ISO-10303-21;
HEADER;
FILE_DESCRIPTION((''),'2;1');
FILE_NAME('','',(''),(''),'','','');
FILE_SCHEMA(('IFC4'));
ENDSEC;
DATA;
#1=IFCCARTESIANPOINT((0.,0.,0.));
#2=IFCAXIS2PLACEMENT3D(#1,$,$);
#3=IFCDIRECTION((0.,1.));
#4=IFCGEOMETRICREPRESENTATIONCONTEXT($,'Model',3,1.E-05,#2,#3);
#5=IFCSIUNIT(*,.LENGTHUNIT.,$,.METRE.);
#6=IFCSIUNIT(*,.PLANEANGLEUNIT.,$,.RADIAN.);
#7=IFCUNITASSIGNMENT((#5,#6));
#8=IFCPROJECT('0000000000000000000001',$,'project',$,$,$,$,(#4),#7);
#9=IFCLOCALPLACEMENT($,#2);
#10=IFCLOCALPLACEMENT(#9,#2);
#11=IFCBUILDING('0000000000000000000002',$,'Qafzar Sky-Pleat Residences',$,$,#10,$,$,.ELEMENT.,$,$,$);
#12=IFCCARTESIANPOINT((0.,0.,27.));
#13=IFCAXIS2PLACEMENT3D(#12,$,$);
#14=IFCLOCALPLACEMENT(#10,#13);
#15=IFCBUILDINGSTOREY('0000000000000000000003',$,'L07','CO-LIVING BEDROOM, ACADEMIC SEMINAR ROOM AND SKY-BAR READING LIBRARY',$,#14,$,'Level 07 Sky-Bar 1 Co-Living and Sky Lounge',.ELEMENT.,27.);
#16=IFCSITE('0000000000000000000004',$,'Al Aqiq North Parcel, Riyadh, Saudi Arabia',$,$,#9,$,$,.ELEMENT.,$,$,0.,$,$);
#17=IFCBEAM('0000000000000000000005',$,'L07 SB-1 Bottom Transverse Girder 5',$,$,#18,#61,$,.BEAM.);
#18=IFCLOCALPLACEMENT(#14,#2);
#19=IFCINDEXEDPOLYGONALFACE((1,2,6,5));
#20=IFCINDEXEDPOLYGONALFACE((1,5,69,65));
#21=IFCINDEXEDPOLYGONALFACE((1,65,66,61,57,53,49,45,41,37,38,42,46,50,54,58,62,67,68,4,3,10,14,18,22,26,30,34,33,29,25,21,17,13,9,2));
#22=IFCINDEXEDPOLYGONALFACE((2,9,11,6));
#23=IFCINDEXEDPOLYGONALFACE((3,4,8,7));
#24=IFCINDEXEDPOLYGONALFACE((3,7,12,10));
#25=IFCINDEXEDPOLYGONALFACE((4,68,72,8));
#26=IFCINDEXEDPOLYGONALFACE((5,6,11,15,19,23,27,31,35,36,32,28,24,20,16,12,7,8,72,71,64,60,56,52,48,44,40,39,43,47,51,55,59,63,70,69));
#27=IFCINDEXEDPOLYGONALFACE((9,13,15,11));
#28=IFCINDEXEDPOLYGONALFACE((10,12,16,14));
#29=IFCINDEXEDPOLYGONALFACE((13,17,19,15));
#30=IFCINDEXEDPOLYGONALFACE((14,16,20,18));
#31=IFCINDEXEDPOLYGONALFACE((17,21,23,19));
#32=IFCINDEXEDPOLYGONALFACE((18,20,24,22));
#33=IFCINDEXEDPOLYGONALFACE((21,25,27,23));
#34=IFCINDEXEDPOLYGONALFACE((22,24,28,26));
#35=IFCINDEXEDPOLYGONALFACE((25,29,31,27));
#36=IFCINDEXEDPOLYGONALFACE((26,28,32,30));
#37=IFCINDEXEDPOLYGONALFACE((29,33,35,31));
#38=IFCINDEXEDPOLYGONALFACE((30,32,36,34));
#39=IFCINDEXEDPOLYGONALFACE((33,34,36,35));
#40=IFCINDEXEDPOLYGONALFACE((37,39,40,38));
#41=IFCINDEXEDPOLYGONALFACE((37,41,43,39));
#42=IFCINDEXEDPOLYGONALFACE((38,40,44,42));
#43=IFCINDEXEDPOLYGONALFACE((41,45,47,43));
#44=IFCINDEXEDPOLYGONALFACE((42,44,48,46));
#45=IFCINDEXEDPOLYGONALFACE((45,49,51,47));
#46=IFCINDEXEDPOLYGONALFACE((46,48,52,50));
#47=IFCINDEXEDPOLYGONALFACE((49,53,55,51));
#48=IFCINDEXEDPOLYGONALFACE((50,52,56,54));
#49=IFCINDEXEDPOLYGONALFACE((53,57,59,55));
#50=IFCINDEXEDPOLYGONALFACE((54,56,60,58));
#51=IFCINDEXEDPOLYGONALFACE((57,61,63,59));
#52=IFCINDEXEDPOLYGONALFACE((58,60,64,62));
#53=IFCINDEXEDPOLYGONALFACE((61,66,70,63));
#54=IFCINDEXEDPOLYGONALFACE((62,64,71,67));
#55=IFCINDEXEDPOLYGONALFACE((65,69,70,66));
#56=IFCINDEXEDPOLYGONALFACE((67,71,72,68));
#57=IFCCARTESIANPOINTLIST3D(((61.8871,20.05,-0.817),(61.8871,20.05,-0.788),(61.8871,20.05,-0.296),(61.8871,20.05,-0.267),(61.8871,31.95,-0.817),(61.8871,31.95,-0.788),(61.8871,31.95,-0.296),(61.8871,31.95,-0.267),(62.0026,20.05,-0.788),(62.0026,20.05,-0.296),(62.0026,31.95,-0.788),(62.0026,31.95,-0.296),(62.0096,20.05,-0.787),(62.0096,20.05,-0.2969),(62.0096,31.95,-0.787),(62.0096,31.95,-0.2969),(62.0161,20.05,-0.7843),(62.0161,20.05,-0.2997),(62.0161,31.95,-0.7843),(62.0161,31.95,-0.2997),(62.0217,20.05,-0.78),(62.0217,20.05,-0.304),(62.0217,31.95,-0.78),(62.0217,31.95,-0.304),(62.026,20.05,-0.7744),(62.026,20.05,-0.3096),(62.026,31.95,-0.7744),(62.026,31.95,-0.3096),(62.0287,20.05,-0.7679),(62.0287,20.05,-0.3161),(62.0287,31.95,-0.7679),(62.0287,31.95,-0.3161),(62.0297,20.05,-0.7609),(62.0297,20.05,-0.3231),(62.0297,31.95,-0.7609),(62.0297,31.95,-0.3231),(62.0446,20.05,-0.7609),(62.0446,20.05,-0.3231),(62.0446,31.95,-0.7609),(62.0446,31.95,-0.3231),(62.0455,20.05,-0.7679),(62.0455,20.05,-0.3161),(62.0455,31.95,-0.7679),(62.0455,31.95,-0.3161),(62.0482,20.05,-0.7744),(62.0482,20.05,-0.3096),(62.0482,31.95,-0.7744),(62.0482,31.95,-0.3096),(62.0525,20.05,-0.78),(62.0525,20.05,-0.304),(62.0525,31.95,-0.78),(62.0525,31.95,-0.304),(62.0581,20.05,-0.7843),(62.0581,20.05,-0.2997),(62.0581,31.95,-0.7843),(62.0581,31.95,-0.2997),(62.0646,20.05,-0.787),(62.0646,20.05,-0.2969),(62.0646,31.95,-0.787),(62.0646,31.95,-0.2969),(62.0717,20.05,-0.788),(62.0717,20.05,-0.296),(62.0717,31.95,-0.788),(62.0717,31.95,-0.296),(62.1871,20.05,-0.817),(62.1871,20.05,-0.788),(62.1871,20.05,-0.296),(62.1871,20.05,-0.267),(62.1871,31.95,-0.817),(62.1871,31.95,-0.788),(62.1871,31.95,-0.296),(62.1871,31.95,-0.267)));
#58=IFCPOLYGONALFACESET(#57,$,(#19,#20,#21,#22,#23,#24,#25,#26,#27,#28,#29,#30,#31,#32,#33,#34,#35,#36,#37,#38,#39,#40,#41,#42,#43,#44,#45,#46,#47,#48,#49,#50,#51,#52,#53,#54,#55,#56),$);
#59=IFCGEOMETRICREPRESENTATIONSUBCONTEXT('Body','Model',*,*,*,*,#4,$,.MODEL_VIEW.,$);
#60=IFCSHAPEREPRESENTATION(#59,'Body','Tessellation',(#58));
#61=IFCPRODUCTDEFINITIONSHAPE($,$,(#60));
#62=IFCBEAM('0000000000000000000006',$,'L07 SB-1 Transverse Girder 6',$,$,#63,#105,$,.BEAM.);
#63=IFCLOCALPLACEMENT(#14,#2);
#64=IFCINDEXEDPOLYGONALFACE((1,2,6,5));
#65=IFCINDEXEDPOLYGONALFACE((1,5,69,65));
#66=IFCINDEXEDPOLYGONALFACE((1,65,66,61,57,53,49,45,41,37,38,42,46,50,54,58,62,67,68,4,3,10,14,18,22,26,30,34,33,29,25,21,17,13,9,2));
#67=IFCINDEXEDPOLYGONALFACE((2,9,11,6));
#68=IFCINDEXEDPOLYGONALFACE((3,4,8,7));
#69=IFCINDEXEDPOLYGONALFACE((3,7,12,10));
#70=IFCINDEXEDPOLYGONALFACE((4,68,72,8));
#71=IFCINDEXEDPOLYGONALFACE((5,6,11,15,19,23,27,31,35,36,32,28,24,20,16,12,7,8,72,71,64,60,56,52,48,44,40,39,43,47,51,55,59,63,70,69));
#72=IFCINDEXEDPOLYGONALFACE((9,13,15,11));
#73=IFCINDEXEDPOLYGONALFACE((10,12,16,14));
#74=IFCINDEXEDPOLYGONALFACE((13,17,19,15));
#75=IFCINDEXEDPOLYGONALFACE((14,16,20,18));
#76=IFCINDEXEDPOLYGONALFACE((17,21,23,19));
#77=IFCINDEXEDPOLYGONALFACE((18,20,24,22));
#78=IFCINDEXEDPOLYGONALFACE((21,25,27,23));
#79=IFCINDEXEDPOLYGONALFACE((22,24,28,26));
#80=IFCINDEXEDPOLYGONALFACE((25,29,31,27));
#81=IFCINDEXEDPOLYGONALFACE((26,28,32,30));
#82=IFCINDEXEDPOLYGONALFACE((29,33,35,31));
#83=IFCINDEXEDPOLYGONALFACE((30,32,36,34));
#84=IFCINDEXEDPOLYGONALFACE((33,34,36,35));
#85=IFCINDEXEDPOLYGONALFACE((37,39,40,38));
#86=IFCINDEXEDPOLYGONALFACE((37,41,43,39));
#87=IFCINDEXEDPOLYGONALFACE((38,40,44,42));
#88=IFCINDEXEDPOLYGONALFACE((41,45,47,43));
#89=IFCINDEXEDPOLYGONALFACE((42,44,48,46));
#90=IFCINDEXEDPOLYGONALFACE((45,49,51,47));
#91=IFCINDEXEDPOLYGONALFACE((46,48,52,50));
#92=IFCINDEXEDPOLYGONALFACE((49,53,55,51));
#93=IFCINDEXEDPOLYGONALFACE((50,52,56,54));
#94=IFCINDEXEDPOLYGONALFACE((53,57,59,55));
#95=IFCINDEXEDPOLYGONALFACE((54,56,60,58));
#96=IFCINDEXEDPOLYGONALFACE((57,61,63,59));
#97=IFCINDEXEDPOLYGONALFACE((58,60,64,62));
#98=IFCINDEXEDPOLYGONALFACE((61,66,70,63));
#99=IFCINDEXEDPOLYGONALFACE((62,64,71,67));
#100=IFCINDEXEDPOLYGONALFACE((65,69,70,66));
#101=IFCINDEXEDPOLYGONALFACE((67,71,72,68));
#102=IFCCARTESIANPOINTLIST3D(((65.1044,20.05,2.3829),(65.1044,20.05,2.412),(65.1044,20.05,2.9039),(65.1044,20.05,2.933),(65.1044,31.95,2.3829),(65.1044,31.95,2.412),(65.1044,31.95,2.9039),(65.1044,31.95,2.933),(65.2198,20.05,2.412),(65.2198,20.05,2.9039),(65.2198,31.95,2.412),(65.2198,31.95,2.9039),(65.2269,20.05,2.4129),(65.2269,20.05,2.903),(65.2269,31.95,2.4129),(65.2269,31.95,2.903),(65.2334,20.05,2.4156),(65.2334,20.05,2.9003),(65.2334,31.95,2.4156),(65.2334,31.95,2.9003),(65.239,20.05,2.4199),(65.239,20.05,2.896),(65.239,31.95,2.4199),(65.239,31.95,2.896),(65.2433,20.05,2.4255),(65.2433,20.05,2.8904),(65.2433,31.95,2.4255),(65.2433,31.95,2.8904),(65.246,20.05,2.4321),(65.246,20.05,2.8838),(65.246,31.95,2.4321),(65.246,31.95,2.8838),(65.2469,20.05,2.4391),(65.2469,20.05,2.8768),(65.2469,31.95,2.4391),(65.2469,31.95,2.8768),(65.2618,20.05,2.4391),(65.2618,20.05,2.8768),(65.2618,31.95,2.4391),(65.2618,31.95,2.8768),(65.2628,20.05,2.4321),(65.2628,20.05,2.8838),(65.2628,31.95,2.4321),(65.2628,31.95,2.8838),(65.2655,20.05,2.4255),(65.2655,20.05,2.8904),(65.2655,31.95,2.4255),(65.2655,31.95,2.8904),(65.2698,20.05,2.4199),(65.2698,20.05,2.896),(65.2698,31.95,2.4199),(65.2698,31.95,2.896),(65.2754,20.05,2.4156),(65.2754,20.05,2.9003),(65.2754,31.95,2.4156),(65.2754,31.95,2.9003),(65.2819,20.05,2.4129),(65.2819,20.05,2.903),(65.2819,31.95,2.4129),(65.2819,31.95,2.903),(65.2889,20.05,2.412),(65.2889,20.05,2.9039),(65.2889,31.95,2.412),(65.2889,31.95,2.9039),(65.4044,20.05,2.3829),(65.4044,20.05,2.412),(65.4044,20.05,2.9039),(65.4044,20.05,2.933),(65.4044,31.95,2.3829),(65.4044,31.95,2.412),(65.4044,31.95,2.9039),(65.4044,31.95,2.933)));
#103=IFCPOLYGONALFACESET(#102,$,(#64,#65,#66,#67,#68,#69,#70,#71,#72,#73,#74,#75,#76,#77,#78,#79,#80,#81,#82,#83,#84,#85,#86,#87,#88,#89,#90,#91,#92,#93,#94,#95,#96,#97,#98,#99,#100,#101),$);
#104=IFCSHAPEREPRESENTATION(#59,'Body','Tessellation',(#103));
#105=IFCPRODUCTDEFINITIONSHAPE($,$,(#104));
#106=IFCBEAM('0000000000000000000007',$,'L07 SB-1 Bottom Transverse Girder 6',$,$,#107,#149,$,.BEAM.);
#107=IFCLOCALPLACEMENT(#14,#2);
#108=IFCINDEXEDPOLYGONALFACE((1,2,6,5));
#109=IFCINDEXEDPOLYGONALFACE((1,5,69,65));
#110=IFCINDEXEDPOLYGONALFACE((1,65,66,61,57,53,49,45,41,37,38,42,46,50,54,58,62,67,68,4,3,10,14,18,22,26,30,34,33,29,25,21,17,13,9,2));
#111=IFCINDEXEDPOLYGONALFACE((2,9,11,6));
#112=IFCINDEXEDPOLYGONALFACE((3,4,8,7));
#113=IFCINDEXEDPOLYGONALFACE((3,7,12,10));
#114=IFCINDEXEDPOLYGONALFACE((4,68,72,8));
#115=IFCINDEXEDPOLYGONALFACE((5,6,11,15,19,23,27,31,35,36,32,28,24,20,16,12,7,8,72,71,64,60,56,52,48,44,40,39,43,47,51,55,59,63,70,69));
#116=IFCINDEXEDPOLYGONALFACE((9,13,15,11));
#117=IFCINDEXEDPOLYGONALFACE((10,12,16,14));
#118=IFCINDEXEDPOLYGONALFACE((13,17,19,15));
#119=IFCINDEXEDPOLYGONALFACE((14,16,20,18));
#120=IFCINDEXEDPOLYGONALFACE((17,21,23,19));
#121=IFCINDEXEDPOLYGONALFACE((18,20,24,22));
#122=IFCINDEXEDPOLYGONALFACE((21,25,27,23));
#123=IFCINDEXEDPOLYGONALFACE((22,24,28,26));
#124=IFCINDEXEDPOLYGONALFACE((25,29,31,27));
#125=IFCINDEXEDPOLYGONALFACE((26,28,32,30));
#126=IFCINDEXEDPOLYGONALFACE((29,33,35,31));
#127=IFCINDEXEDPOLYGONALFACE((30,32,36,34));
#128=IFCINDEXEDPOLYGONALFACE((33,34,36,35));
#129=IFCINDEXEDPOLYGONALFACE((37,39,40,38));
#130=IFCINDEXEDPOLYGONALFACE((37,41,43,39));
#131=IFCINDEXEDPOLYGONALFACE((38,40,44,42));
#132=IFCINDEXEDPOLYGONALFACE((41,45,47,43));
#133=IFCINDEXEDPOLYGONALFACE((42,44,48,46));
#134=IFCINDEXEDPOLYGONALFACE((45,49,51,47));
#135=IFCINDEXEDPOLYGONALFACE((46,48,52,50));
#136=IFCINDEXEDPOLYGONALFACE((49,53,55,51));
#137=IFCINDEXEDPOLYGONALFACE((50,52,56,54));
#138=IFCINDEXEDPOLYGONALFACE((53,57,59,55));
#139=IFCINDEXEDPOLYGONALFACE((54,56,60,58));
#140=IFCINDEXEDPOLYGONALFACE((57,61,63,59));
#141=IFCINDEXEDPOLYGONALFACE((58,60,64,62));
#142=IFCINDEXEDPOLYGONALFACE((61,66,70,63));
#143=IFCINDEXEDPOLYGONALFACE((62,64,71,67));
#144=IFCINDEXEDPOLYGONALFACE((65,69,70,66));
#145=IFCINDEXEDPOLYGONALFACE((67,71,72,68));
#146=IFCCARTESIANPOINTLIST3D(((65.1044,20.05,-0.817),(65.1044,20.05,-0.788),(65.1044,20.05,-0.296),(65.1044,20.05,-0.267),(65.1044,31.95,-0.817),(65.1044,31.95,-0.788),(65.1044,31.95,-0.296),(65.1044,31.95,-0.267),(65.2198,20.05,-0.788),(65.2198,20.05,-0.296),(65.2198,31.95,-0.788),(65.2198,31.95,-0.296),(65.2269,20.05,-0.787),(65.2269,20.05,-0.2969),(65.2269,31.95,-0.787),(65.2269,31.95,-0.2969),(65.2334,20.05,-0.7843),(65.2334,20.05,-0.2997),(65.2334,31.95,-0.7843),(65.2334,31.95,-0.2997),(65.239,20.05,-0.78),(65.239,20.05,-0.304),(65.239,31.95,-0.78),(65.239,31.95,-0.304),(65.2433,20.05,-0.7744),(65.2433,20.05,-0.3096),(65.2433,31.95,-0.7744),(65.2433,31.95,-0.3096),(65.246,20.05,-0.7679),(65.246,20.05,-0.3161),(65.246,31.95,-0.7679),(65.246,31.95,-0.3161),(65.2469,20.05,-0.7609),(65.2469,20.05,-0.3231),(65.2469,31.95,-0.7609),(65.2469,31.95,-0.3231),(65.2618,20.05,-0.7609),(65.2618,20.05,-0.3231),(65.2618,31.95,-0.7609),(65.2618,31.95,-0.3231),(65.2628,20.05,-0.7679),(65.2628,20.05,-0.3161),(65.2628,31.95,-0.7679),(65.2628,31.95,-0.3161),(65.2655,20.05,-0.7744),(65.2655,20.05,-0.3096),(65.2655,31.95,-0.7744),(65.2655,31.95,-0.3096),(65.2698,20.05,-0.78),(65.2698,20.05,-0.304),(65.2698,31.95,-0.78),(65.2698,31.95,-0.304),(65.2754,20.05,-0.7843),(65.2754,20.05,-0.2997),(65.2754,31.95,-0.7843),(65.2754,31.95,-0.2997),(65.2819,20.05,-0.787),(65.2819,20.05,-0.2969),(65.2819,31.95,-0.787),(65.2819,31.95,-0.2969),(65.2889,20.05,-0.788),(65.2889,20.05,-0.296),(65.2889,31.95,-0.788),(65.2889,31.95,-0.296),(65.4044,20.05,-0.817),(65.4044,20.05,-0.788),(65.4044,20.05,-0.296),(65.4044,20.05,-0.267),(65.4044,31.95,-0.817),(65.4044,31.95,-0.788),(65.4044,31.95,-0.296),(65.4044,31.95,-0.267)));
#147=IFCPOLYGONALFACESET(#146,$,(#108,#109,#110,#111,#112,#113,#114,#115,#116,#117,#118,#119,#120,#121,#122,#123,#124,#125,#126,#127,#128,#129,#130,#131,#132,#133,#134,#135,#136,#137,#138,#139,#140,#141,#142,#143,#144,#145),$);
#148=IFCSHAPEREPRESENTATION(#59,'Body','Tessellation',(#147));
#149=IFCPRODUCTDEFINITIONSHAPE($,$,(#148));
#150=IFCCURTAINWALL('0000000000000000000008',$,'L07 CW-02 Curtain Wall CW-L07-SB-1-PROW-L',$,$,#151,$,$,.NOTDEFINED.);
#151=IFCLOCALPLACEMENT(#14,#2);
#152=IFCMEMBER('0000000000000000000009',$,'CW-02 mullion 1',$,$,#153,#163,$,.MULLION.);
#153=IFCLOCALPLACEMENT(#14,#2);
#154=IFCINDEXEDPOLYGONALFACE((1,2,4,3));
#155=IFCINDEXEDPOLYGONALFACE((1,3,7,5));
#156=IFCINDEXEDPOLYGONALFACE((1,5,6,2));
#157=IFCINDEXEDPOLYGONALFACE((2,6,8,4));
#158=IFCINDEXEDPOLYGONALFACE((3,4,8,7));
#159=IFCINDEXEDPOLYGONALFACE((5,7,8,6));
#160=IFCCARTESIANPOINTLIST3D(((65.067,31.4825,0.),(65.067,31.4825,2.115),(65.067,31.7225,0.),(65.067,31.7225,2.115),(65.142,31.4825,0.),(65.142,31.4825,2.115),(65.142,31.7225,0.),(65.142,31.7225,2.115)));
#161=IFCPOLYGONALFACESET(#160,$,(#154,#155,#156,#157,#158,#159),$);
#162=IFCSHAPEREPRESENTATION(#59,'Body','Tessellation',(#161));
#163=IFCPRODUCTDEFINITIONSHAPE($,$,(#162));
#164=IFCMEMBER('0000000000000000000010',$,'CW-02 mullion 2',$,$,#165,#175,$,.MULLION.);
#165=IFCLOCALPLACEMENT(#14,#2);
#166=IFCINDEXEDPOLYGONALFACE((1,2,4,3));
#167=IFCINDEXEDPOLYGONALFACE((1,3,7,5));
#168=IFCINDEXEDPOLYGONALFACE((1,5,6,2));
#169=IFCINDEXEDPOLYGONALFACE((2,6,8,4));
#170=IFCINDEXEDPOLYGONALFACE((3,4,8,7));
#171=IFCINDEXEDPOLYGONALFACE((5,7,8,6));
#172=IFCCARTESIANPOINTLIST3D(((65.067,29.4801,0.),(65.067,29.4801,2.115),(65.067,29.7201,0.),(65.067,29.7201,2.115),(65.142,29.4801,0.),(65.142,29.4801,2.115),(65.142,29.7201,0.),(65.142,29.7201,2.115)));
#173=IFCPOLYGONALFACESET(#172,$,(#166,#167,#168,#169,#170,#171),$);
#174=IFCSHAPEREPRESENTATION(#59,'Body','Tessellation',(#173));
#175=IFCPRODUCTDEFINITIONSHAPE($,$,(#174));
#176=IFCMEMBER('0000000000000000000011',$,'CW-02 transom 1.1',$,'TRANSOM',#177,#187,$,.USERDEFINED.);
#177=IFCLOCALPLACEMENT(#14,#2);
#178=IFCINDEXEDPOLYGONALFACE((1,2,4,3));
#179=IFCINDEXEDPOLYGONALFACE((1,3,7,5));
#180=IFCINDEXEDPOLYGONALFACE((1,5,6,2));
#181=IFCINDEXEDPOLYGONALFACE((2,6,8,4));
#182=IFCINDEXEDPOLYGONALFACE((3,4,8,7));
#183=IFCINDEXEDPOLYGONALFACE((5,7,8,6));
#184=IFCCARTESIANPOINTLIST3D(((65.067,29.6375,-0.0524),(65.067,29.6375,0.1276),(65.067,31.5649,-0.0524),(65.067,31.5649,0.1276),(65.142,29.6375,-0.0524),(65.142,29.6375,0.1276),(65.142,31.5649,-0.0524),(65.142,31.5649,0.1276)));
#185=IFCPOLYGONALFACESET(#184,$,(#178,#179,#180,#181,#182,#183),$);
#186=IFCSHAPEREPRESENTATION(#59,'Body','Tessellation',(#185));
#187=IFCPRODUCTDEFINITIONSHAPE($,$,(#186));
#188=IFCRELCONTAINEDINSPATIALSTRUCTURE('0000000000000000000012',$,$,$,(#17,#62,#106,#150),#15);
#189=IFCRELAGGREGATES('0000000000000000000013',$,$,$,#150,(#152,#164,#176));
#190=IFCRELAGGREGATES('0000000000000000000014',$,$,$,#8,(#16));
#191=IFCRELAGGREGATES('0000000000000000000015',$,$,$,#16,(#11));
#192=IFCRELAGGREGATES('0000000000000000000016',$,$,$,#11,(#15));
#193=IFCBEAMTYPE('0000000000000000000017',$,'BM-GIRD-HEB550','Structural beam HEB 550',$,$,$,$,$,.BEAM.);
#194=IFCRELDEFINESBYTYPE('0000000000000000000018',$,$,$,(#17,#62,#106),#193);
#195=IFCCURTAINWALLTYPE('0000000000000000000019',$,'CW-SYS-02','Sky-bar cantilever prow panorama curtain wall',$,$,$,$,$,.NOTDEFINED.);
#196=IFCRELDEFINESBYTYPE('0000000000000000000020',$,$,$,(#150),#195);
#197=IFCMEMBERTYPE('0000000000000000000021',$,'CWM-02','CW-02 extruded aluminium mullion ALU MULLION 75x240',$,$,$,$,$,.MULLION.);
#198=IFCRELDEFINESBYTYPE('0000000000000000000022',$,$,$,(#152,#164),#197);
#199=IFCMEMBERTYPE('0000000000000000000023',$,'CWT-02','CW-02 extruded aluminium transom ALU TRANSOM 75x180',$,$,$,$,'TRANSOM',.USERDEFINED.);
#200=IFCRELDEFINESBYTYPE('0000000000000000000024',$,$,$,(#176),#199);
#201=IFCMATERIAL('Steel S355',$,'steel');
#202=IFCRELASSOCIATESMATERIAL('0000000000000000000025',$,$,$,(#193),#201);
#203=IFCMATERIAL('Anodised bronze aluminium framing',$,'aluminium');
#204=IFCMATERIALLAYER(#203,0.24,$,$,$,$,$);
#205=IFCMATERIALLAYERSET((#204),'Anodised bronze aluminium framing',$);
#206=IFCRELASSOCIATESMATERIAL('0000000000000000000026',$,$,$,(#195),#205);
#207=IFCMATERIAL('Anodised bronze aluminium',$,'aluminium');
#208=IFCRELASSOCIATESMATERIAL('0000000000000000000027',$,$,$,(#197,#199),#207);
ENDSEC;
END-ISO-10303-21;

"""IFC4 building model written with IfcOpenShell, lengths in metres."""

from ifc_helpers import new_model, si_unit, direction, frame, origin, origin_2d, place, context, subcontext, project, spatial, rectangle, i_section, extrude, source, transform, mapped, material, layer, layer_set, material_profile, profile_set, type_object, element, aggregate, save


model = new_model("IFC4")

# Units and contexts
model_context = context("Model", 3, precision=1e-05, world=origin(), true_north=direction((0.0, 1.0)))
body_context = subcontext(model_context, "Body", "Model", "MODEL_VIEW")
ifc_project = project(units=[si_unit("LENGTHUNIT", "METRE"), si_unit("PLANEANGLEUNIT", "RADIAN")], contexts=[model_context])

# Site, building, storey
site_placement = place(None, origin())
site = spatial("IfcSite", under=ifc_project, at=site_placement, Name="Al Aqiq North Parcel, Riyadh, Saudi Arabia", CompositionType="ELEMENT", RefElevation=0.0)
building_placement = place(site_placement, origin())
building = spatial("IfcBuilding", under=site, at=building_placement, Name="Qafzar Sky-Pleat Residences", CompositionType="ELEMENT")
storey_placement = place(building_placement, frame((0.0, 0.0, 27.0)))
storey = spatial("IfcBuildingStorey", under=building, at=storey_placement, Name="L07", Description="CO-LIVING BEDROOM, ACADEMIC SEMINAR ROOM AND SKY-BAR READING LIBRARY", LongName="Level 07 Sky-Bar 1 Co-Living and Sky Lounge", CompositionType="ELEMENT", Elevation=27.0)

# Beams
ifc_material_1 = material(Name="Steel S355", Category="steel")
ifc_material_profile_1 = material_profile(ifc_material_1, i_section(OverallWidth=0.3, OverallDepth=0.55, WebThickness=0.0149, FlangeThickness=0.0291, FilletRadius=0.0271, at=origin_2d()), Name="HEB 550")
ifc_profile_set_1 = profile_set([ifc_material_profile_1], Name="Steel S355")
beam_type_1 = type_object("IfcBeamType", Name="BM-GIRD-HEB550", Description="Structural beam HEB 550", PredefinedType="BEAM", material=ifc_profile_set_1)
shared_shape_1 = source(origin(), body_context, "Body", "SweptSolid", [
    extrude(i_section(OverallWidth=0.3, OverallDepth=0.55, WebThickness=0.0149, FlangeThickness=0.0291, FilletRadius=0.0271, at=origin_2d()), origin(), (0.0, 0.0, 1.0), 11.8999),
])
for number, where, z_axis, x_axis, name in (
    (1, (62.0371, 31.95, -0.542), (0.0, -1.0, 0.0), (1.0, 0.0, 0.0), "L07 SB-1 Bottom Transverse Girder 5"),
    (2, (65.2544, 31.95, 2.658), (0.0, -1.0, 0.0), (1.0, 0.0, 0.0), "L07 SB-1 Transverse Girder 6"),
    (3, (65.2544, 31.95, -0.542), (0.0, -1.0, 0.0), (1.0, 0.0, 0.0), "L07 SB-1 Bottom Transverse Girder 6"),
):
    element("IfcBeam", number, at=place(storey_placement, frame(where, z_axis=z_axis, x_axis=x_axis)), inside=storey, type_object=beam_type_1, Name=name, PredefinedType="BEAM", context=body_context, shape_type="MappedRepresentation", body=[
        mapped(shared_shape_1, transform((0.0, 0.0, 0.0), x_axis=(1.0, 0.0, 0.0), y_axis=(0.0, 1.0, 0.0), z_axis=(0.0, 0.0, 1.0), scale=1.0)),
    ])

# Curtain wall, members
ifc_material_2 = material(Name="Anodised bronze aluminium framing", Category="aluminium")
ifc_layer_1 = layer(ifc_material_2, 0.24)
ifc_layer_set_1 = layer_set([ifc_layer_1], Name="Anodised bronze aluminium framing")
curtain_wall_type = type_object("IfcCurtainWallType", Name="CW-SYS-02", Description="Sky-bar cantilever prow panorama curtain wall", PredefinedType="NOTDEFINED", material=ifc_layer_set_1)
curtain_wall_placement = place(storey_placement, origin())
curtain_wall = element("IfcCurtainWall", 4, at=curtain_wall_placement, inside=storey, type_object=curtain_wall_type, Name="L07 CW-02 Curtain Wall CW-L07-SB-1-PROW-L", PredefinedType="NOTDEFINED")
ifc_material_3 = material(Name="Anodised bronze aluminium", Category="aluminium")
ifc_material_profile_2 = material_profile(ifc_material_3, rectangle(XDim=0.075, YDim=0.24, at=origin_2d()), Name="ALU MULLION 75x240")
ifc_profile_set_2 = profile_set([ifc_material_profile_2], Name="Anodised bronze aluminium")
member_type_1 = type_object("IfcMemberType", Name="CWM-02", Description="CW-02 extruded aluminium mullion ALU MULLION 75x240", PredefinedType="MULLION", material=ifc_profile_set_2)
shared_shape_2 = source(origin(), body_context, "Body", "SweptSolid", [
    extrude(rectangle(XDim=0.075, YDim=0.24, at=origin_2d()), origin(), (0.0, 0.0, 1.0), 2.115),
])
member_1_placement = place(storey_placement, frame((65.1045, 31.6025, 0.0), z_axis=(0.0, 0.0, 1.0), x_axis=(1.0, 0.0, 0.0)))
member_1 = element("IfcMember", 5, at=member_1_placement, type_object=member_type_1, Name="CW-02 mullion 1", PredefinedType="MULLION", context=body_context, shape_type="MappedRepresentation", body=[
    mapped(shared_shape_2, transform((0.0, 0.0, 0.0), x_axis=(1.0, 0.0, 0.0), y_axis=(0.0, 1.0, 0.0), z_axis=(0.0, 0.0, 1.0), scale=1.0)),
])
member_2_placement = place(storey_placement, frame((65.1045, 29.6001, 0.0), z_axis=(0.0, 0.0, 1.0), x_axis=(1.0, 0.0, 0.0)))
member_2 = element("IfcMember", 6, at=member_2_placement, type_object=member_type_1, Name="CW-02 mullion 2", PredefinedType="MULLION", context=body_context, shape_type="MappedRepresentation", body=[
    mapped(shared_shape_2, transform((0.0, 0.0, 0.0), x_axis=(1.0, 0.0, 0.0), y_axis=(0.0, 1.0, 0.0), z_axis=(0.0, 0.0, 1.0), scale=1.0)),
])
ifc_material_profile_3 = material_profile(ifc_material_3, rectangle(XDim=0.075, YDim=0.1799, at=origin_2d()), Name="ALU TRANSOM 75x180")
ifc_profile_set_3 = profile_set([ifc_material_profile_3], Name="Anodised bronze aluminium")
member_type_2 = type_object("IfcMemberType", Name="CWT-02", Description="CW-02 extruded aluminium transom ALU TRANSOM 75x180", ElementType="TRANSOM", PredefinedType="USERDEFINED", material=ifc_profile_set_3)
shared_shape_3 = source(origin(), body_context, "Body", "SweptSolid", [
    extrude(rectangle(XDim=0.075, YDim=0.1799, at=origin_2d()), origin(), (0.0, 0.0, 1.0), 1.9275),
])
member_3_placement = place(storey_placement, frame((65.1045, 31.5649, 0.0376), z_axis=(0.0, -1.0, 0.0), x_axis=(1.0, 0.0, 0.0)))
member_3 = element("IfcMember", 7, at=member_3_placement, type_object=member_type_2, Name="CW-02 transom 1.1", ObjectType="TRANSOM", PredefinedType="USERDEFINED", context=body_context, shape_type="MappedRepresentation", body=[
    mapped(shared_shape_3, transform((0.0, 0.0, 0.0), x_axis=(1.0, 0.0, 0.0), y_axis=(0.0, 1.0, 0.0), z_axis=(0.0, 0.0, 1.0), scale=1.0)),
])

aggregate(curtain_wall, [member_1, member_2, member_3])

save(model, "model.ifc")
